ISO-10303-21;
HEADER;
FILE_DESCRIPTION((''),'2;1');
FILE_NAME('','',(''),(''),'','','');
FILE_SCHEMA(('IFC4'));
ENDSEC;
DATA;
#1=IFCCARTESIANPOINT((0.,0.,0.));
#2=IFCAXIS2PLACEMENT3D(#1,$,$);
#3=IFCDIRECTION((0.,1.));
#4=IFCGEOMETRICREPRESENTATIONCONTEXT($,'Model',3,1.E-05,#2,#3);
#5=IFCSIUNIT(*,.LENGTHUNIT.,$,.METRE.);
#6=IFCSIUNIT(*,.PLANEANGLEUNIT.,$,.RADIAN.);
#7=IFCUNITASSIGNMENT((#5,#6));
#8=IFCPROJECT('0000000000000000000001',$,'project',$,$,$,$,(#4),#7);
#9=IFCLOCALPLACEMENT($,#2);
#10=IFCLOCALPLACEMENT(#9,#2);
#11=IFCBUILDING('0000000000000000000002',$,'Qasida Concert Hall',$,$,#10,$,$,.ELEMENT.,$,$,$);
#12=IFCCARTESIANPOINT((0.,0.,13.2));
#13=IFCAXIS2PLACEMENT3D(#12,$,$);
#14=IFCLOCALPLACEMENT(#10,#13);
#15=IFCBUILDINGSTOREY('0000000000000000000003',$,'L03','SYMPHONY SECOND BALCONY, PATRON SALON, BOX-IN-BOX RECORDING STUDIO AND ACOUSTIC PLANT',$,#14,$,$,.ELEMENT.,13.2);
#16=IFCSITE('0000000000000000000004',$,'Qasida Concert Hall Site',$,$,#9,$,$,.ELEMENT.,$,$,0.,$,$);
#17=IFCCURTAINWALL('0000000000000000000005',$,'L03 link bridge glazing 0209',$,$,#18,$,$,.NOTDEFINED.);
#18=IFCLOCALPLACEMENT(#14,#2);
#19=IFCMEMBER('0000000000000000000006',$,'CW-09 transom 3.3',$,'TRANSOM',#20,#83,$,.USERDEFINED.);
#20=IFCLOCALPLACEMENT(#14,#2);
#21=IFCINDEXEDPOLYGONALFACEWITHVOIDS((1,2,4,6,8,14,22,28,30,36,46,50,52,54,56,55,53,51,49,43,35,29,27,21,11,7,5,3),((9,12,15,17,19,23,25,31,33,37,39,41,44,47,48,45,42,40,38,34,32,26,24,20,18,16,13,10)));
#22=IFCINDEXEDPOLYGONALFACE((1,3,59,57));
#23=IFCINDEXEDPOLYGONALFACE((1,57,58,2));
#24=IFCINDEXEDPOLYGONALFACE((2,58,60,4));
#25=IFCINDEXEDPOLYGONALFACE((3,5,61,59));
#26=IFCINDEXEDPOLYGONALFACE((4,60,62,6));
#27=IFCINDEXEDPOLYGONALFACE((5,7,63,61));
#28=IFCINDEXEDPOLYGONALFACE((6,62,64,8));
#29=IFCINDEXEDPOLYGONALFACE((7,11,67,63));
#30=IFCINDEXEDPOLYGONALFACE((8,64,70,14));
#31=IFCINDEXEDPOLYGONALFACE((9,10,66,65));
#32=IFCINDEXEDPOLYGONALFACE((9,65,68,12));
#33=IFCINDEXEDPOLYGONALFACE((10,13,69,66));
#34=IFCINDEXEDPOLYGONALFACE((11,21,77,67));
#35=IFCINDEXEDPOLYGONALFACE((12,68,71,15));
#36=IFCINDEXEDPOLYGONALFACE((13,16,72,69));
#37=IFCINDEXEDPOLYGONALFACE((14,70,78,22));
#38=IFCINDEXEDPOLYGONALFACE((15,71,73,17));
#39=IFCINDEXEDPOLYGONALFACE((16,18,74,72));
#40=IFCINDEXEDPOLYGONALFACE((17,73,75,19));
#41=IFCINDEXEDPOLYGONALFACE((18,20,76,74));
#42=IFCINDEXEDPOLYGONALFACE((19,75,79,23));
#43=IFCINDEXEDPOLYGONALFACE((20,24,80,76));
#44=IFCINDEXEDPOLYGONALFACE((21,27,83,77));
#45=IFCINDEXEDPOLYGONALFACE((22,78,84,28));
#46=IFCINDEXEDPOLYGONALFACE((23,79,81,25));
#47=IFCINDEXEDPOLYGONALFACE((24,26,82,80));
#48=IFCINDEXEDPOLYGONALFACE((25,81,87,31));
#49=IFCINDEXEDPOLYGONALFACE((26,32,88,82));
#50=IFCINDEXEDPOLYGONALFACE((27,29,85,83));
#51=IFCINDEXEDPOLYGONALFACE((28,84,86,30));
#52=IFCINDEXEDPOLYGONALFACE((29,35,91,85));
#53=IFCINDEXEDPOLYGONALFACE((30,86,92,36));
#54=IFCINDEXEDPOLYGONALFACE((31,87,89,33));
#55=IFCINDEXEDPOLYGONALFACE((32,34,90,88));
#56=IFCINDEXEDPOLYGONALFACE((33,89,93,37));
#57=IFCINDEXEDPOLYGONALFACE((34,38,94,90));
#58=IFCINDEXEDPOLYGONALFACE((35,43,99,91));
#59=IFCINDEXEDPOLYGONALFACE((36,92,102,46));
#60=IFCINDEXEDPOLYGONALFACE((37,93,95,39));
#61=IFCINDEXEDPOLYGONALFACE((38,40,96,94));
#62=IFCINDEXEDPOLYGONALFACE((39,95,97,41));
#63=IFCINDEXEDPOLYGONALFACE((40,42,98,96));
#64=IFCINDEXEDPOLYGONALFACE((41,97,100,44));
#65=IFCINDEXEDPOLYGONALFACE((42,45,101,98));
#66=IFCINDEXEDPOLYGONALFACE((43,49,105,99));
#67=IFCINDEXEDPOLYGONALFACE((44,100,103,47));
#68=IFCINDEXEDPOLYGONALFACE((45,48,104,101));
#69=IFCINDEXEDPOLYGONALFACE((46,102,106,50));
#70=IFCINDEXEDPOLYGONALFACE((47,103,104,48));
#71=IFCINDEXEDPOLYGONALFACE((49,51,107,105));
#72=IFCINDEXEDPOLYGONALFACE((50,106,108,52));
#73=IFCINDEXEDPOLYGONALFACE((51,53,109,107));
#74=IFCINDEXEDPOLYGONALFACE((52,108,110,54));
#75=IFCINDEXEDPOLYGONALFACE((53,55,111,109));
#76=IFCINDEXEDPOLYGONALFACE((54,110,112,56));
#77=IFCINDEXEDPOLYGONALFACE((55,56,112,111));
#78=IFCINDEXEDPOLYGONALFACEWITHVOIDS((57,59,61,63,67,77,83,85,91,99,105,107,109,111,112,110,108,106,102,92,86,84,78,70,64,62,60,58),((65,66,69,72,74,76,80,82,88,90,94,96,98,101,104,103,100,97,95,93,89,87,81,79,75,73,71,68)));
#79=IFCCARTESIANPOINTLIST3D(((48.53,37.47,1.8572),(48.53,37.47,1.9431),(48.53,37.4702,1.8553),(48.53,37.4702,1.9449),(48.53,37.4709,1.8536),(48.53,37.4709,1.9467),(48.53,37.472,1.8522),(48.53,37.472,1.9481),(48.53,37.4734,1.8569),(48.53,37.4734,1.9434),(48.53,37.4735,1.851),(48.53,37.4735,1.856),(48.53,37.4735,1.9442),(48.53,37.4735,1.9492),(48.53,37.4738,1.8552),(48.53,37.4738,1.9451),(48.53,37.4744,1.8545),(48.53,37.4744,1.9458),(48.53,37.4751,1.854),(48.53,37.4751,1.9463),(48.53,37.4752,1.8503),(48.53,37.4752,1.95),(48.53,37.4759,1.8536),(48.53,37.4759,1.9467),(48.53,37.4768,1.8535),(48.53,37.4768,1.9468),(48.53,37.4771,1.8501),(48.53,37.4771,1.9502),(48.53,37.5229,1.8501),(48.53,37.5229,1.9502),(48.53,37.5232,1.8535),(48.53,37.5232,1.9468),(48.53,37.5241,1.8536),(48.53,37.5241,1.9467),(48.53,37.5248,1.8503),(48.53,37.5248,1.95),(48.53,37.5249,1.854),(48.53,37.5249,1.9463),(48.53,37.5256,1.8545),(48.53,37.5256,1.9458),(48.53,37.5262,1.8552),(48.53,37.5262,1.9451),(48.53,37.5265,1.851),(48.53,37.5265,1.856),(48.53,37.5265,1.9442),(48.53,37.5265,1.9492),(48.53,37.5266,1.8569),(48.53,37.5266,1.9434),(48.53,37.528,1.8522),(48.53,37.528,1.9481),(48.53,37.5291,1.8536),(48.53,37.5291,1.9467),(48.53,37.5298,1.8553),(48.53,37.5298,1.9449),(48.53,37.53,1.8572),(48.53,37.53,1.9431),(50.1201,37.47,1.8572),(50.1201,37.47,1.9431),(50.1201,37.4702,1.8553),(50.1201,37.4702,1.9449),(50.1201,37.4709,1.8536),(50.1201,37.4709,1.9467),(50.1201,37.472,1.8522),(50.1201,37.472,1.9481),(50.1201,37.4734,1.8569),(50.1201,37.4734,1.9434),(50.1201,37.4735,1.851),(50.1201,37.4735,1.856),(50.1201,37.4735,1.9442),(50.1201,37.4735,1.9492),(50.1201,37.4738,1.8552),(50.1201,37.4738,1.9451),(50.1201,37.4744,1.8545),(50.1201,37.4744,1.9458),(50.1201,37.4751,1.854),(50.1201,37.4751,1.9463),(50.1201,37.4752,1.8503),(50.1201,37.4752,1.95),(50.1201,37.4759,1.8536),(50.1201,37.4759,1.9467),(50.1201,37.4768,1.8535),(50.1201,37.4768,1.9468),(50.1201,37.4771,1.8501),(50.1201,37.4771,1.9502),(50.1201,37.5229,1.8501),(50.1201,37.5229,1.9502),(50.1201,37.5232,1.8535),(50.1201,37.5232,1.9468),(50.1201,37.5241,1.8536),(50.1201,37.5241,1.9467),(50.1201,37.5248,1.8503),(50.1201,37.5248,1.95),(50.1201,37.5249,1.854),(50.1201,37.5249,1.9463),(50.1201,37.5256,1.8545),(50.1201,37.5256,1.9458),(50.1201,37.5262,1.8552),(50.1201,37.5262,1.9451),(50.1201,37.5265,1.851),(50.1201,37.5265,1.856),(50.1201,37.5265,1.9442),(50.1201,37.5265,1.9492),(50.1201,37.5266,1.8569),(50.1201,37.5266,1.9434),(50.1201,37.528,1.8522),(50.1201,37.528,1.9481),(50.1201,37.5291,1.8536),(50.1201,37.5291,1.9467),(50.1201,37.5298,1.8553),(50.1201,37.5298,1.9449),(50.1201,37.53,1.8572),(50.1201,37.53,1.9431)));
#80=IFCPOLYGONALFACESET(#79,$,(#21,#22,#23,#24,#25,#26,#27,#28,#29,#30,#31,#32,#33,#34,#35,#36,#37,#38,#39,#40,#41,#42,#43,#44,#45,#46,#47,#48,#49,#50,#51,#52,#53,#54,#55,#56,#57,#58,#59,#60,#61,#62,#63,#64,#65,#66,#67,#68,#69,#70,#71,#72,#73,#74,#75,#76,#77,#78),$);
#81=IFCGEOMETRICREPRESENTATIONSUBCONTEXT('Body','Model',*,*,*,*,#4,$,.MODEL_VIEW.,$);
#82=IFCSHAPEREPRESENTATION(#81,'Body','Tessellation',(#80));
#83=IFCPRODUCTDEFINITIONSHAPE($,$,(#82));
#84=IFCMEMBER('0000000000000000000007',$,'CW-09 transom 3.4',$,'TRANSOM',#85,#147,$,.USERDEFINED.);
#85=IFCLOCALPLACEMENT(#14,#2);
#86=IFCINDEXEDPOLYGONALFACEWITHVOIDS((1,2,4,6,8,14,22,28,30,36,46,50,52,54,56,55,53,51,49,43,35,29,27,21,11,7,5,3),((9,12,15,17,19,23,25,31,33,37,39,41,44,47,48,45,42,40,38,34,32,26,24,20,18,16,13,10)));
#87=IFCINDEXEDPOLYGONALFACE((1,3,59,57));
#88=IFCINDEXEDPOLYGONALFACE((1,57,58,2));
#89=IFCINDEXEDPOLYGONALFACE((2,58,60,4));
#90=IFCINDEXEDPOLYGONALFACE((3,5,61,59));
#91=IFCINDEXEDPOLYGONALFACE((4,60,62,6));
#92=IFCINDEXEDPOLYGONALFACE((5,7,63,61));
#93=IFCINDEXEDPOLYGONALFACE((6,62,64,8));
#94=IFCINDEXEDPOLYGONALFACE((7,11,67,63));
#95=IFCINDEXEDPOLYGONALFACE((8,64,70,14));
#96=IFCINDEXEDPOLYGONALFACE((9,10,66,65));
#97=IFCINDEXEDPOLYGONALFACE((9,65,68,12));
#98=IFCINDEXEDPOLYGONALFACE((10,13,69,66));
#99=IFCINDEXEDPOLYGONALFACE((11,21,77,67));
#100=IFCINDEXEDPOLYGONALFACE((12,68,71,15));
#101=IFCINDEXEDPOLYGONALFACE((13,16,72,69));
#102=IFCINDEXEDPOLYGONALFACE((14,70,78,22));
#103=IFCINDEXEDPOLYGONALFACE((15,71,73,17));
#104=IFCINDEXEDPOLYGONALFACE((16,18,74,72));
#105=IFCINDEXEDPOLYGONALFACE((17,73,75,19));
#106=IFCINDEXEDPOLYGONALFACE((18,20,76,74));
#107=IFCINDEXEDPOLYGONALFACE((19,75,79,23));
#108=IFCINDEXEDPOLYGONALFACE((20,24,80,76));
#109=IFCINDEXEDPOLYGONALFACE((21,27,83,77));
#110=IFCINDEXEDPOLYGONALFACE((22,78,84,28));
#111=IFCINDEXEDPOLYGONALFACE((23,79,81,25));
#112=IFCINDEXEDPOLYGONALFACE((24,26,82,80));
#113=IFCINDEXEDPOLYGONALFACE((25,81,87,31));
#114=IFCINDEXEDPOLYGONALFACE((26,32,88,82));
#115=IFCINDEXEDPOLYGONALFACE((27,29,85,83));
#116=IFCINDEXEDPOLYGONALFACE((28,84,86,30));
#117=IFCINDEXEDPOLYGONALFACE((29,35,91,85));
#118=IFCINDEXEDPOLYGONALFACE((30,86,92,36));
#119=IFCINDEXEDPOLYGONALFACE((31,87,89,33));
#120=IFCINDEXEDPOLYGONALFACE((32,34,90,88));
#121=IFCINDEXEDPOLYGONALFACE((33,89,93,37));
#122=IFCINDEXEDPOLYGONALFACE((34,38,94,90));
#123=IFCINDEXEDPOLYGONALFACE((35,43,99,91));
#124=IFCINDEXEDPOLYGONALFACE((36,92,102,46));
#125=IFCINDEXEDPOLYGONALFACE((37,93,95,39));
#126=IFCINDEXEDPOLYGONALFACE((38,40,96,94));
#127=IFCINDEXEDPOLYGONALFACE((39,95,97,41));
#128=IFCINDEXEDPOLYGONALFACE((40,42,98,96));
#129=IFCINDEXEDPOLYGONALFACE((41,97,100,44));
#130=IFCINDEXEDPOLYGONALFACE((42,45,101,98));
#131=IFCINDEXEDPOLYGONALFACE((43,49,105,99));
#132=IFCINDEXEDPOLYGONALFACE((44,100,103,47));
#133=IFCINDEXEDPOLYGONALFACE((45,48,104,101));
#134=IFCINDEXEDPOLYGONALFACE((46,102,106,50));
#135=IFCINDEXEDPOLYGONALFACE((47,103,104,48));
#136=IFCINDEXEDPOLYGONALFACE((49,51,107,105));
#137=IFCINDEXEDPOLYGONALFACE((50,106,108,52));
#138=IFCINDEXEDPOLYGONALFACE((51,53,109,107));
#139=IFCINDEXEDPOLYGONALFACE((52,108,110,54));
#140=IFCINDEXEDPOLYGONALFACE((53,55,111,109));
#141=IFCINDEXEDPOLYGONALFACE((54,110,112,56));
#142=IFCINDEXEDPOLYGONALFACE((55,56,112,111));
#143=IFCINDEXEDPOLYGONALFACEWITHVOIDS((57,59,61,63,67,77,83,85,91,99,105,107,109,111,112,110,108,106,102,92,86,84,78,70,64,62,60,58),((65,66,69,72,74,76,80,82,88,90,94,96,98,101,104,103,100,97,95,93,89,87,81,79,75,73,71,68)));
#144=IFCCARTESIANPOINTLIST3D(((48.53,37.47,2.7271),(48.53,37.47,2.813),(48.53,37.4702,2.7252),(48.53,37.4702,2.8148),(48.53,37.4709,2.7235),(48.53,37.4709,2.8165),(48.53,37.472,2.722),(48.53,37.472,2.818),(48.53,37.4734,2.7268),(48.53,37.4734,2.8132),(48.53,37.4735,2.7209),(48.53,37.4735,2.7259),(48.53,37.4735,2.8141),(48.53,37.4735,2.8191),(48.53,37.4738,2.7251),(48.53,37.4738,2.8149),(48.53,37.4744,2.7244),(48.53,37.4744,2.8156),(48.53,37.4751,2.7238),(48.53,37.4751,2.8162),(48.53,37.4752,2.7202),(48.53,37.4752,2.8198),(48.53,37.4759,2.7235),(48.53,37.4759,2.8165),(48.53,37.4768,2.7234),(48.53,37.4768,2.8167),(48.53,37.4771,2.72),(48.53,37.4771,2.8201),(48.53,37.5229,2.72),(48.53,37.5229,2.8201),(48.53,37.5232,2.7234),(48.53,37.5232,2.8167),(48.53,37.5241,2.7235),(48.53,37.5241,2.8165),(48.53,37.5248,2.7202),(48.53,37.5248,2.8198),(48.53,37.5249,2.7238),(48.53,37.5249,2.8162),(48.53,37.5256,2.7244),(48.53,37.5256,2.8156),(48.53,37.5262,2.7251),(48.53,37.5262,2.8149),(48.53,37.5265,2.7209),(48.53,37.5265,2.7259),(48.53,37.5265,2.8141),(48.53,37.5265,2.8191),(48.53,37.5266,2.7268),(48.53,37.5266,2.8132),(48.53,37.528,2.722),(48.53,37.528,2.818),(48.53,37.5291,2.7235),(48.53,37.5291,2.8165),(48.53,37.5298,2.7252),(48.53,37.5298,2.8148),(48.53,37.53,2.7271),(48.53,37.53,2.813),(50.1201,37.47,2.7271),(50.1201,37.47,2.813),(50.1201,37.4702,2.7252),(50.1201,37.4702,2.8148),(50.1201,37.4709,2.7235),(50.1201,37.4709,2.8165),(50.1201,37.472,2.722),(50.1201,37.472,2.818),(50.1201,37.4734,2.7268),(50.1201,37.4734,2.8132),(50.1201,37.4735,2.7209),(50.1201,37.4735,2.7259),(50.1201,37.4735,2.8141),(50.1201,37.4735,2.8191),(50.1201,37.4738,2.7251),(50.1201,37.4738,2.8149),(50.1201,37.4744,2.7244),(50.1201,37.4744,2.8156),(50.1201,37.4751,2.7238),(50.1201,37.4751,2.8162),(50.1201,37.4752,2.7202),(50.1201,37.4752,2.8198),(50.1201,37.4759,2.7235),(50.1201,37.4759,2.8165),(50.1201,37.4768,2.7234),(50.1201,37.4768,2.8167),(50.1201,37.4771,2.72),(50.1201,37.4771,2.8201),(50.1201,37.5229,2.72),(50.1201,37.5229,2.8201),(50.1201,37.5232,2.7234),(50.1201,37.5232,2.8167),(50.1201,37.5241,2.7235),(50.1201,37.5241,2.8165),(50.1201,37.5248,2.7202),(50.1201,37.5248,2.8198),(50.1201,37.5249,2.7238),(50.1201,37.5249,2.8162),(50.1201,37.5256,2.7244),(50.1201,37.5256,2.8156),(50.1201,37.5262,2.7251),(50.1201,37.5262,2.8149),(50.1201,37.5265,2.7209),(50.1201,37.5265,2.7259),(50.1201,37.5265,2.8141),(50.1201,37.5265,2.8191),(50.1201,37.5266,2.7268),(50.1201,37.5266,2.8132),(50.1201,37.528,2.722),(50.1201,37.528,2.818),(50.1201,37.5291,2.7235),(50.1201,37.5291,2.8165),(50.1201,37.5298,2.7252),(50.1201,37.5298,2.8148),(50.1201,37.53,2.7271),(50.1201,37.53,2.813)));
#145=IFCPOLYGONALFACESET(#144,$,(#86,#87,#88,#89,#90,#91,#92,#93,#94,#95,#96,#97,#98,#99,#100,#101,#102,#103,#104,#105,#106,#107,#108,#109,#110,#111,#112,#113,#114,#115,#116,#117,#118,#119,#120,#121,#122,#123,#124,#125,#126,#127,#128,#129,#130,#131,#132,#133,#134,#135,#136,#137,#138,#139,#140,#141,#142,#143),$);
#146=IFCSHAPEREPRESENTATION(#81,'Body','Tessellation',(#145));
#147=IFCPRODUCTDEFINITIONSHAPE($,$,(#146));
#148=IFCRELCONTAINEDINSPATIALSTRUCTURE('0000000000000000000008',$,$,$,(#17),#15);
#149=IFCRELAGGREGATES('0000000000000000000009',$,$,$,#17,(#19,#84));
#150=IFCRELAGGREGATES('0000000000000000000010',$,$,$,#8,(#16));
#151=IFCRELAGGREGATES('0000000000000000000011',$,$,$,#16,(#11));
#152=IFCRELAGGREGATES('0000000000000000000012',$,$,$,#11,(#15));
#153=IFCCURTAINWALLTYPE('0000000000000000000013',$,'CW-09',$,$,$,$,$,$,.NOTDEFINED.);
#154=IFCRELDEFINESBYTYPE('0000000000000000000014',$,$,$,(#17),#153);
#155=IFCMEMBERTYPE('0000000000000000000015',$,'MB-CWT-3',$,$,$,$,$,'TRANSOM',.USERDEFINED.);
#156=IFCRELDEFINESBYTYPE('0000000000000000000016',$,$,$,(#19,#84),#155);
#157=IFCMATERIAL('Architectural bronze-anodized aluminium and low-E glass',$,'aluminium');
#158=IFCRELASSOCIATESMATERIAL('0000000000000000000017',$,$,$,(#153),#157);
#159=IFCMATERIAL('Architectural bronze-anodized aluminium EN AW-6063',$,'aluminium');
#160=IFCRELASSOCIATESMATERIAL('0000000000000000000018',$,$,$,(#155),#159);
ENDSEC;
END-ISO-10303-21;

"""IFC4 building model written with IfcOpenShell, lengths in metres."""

from ifc_helpers import new_model, si_unit, direction, frame, origin, origin_2d, place, context, subcontext, project, spatial, hollow_rectangle, extrude, material, material_profile, profile_set, type_object, element, aggregate, save


model = new_model("IFC4")

# Units and contexts
model_context = context("Model", 3, precision=1e-05, world=origin(), true_north=direction((0.0, 1.0)))
body_context = subcontext(model_context, "Body", "Model", "MODEL_VIEW")
ifc_project = project(units=[si_unit("LENGTHUNIT", "METRE"), si_unit("PLANEANGLEUNIT", "RADIAN")], contexts=[model_context])

# Site, building, storey
site_placement = place(None, origin())
site = spatial("IfcSite", under=ifc_project, at=site_placement, Name="Qasida Concert Hall Site", CompositionType="ELEMENT", RefElevation=0.0)
building_placement = place(site_placement, origin())
building = spatial("IfcBuilding", under=site, at=building_placement, Name="Qasida Concert Hall", CompositionType="ELEMENT")
storey_placement = place(building_placement, frame((0.0, 0.0, 13.2)))
storey = spatial("IfcBuildingStorey", under=building, at=storey_placement, Name="L03", Description="SYMPHONY SECOND BALCONY, PATRON SALON, BOX-IN-BOX RECORDING STUDIO AND ACOUSTIC PLANT", CompositionType="ELEMENT", Elevation=13.2)

# Curtain wall, members
ifc_material_1 = material(Name="Architectural bronze-anodized aluminium and low-E glass", Category="aluminium")
curtain_wall_type = type_object("IfcCurtainWallType", Name="CW-09", PredefinedType="NOTDEFINED", material=ifc_material_1)
curtain_wall_placement = place(storey_placement, origin())
curtain_wall = element("IfcCurtainWall", 1, at=curtain_wall_placement, inside=storey, type_object=curtain_wall_type, Name="L03 link bridge glazing 0209", PredefinedType="NOTDEFINED")
ifc_material_2 = material(Name="Architectural bronze-anodized aluminium EN AW-6063", Category="aluminium")
ifc_material_profile_1 = material_profile(ifc_material_2, hollow_rectangle(XDim=0.0601, YDim=0.1001, WallThickness=0.0034, InnerFilletRadius=0.0034, OuterFilletRadius=0.0071, at=origin_2d()), Name="CWT 100x60x3.5")
ifc_profile_set_1 = profile_set([ifc_material_profile_1], Name="Architectural bronze-anodized aluminium EN AW-6063")
member_type_1 = type_object("IfcMemberType", Name="MB-CWT-3", ElementType="TRANSOM", PredefinedType="USERDEFINED", material=ifc_profile_set_1)
member_1_placement = place(storey_placement, frame((48.53, 37.5, 1.9001), z_axis=(1.0, 0.0, 0.0), x_axis=(0.0, 1.0, 0.0)))
member_1 = element("IfcMember", 2, at=member_1_placement, type_object=member_type_1, Name="CW-09 transom 3.3", ObjectType="TRANSOM", PredefinedType="USERDEFINED", context=body_context, shape_type="SweptSolid", body=[
    extrude(hollow_rectangle(XDim=0.0601, YDim=0.1001, WallThickness=0.0034, InnerFilletRadius=0.0034, OuterFilletRadius=0.0071, at=origin_2d()), origin(), (0.0, 0.0, 1.0), 1.5901),
])
member_2_placement = place(storey_placement, frame((48.53, 37.5, 2.77), z_axis=(1.0, 0.0, 0.0), x_axis=(0.0, 1.0, 0.0)))
member_2 = element("IfcMember", 3, at=member_2_placement, type_object=member_type_1, Name="CW-09 transom 3.4", ObjectType="TRANSOM", PredefinedType="USERDEFINED", context=body_context, shape_type="SweptSolid", body=[
    extrude(hollow_rectangle(XDim=0.0601, YDim=0.1001, WallThickness=0.0034, InnerFilletRadius=0.0034, OuterFilletRadius=0.0071, at=origin_2d()), origin(), (0.0, 0.0, 1.0), 1.5901),
])
aggregate(curtain_wall, [member_1, member_2])

save(model, "model.ifc")
